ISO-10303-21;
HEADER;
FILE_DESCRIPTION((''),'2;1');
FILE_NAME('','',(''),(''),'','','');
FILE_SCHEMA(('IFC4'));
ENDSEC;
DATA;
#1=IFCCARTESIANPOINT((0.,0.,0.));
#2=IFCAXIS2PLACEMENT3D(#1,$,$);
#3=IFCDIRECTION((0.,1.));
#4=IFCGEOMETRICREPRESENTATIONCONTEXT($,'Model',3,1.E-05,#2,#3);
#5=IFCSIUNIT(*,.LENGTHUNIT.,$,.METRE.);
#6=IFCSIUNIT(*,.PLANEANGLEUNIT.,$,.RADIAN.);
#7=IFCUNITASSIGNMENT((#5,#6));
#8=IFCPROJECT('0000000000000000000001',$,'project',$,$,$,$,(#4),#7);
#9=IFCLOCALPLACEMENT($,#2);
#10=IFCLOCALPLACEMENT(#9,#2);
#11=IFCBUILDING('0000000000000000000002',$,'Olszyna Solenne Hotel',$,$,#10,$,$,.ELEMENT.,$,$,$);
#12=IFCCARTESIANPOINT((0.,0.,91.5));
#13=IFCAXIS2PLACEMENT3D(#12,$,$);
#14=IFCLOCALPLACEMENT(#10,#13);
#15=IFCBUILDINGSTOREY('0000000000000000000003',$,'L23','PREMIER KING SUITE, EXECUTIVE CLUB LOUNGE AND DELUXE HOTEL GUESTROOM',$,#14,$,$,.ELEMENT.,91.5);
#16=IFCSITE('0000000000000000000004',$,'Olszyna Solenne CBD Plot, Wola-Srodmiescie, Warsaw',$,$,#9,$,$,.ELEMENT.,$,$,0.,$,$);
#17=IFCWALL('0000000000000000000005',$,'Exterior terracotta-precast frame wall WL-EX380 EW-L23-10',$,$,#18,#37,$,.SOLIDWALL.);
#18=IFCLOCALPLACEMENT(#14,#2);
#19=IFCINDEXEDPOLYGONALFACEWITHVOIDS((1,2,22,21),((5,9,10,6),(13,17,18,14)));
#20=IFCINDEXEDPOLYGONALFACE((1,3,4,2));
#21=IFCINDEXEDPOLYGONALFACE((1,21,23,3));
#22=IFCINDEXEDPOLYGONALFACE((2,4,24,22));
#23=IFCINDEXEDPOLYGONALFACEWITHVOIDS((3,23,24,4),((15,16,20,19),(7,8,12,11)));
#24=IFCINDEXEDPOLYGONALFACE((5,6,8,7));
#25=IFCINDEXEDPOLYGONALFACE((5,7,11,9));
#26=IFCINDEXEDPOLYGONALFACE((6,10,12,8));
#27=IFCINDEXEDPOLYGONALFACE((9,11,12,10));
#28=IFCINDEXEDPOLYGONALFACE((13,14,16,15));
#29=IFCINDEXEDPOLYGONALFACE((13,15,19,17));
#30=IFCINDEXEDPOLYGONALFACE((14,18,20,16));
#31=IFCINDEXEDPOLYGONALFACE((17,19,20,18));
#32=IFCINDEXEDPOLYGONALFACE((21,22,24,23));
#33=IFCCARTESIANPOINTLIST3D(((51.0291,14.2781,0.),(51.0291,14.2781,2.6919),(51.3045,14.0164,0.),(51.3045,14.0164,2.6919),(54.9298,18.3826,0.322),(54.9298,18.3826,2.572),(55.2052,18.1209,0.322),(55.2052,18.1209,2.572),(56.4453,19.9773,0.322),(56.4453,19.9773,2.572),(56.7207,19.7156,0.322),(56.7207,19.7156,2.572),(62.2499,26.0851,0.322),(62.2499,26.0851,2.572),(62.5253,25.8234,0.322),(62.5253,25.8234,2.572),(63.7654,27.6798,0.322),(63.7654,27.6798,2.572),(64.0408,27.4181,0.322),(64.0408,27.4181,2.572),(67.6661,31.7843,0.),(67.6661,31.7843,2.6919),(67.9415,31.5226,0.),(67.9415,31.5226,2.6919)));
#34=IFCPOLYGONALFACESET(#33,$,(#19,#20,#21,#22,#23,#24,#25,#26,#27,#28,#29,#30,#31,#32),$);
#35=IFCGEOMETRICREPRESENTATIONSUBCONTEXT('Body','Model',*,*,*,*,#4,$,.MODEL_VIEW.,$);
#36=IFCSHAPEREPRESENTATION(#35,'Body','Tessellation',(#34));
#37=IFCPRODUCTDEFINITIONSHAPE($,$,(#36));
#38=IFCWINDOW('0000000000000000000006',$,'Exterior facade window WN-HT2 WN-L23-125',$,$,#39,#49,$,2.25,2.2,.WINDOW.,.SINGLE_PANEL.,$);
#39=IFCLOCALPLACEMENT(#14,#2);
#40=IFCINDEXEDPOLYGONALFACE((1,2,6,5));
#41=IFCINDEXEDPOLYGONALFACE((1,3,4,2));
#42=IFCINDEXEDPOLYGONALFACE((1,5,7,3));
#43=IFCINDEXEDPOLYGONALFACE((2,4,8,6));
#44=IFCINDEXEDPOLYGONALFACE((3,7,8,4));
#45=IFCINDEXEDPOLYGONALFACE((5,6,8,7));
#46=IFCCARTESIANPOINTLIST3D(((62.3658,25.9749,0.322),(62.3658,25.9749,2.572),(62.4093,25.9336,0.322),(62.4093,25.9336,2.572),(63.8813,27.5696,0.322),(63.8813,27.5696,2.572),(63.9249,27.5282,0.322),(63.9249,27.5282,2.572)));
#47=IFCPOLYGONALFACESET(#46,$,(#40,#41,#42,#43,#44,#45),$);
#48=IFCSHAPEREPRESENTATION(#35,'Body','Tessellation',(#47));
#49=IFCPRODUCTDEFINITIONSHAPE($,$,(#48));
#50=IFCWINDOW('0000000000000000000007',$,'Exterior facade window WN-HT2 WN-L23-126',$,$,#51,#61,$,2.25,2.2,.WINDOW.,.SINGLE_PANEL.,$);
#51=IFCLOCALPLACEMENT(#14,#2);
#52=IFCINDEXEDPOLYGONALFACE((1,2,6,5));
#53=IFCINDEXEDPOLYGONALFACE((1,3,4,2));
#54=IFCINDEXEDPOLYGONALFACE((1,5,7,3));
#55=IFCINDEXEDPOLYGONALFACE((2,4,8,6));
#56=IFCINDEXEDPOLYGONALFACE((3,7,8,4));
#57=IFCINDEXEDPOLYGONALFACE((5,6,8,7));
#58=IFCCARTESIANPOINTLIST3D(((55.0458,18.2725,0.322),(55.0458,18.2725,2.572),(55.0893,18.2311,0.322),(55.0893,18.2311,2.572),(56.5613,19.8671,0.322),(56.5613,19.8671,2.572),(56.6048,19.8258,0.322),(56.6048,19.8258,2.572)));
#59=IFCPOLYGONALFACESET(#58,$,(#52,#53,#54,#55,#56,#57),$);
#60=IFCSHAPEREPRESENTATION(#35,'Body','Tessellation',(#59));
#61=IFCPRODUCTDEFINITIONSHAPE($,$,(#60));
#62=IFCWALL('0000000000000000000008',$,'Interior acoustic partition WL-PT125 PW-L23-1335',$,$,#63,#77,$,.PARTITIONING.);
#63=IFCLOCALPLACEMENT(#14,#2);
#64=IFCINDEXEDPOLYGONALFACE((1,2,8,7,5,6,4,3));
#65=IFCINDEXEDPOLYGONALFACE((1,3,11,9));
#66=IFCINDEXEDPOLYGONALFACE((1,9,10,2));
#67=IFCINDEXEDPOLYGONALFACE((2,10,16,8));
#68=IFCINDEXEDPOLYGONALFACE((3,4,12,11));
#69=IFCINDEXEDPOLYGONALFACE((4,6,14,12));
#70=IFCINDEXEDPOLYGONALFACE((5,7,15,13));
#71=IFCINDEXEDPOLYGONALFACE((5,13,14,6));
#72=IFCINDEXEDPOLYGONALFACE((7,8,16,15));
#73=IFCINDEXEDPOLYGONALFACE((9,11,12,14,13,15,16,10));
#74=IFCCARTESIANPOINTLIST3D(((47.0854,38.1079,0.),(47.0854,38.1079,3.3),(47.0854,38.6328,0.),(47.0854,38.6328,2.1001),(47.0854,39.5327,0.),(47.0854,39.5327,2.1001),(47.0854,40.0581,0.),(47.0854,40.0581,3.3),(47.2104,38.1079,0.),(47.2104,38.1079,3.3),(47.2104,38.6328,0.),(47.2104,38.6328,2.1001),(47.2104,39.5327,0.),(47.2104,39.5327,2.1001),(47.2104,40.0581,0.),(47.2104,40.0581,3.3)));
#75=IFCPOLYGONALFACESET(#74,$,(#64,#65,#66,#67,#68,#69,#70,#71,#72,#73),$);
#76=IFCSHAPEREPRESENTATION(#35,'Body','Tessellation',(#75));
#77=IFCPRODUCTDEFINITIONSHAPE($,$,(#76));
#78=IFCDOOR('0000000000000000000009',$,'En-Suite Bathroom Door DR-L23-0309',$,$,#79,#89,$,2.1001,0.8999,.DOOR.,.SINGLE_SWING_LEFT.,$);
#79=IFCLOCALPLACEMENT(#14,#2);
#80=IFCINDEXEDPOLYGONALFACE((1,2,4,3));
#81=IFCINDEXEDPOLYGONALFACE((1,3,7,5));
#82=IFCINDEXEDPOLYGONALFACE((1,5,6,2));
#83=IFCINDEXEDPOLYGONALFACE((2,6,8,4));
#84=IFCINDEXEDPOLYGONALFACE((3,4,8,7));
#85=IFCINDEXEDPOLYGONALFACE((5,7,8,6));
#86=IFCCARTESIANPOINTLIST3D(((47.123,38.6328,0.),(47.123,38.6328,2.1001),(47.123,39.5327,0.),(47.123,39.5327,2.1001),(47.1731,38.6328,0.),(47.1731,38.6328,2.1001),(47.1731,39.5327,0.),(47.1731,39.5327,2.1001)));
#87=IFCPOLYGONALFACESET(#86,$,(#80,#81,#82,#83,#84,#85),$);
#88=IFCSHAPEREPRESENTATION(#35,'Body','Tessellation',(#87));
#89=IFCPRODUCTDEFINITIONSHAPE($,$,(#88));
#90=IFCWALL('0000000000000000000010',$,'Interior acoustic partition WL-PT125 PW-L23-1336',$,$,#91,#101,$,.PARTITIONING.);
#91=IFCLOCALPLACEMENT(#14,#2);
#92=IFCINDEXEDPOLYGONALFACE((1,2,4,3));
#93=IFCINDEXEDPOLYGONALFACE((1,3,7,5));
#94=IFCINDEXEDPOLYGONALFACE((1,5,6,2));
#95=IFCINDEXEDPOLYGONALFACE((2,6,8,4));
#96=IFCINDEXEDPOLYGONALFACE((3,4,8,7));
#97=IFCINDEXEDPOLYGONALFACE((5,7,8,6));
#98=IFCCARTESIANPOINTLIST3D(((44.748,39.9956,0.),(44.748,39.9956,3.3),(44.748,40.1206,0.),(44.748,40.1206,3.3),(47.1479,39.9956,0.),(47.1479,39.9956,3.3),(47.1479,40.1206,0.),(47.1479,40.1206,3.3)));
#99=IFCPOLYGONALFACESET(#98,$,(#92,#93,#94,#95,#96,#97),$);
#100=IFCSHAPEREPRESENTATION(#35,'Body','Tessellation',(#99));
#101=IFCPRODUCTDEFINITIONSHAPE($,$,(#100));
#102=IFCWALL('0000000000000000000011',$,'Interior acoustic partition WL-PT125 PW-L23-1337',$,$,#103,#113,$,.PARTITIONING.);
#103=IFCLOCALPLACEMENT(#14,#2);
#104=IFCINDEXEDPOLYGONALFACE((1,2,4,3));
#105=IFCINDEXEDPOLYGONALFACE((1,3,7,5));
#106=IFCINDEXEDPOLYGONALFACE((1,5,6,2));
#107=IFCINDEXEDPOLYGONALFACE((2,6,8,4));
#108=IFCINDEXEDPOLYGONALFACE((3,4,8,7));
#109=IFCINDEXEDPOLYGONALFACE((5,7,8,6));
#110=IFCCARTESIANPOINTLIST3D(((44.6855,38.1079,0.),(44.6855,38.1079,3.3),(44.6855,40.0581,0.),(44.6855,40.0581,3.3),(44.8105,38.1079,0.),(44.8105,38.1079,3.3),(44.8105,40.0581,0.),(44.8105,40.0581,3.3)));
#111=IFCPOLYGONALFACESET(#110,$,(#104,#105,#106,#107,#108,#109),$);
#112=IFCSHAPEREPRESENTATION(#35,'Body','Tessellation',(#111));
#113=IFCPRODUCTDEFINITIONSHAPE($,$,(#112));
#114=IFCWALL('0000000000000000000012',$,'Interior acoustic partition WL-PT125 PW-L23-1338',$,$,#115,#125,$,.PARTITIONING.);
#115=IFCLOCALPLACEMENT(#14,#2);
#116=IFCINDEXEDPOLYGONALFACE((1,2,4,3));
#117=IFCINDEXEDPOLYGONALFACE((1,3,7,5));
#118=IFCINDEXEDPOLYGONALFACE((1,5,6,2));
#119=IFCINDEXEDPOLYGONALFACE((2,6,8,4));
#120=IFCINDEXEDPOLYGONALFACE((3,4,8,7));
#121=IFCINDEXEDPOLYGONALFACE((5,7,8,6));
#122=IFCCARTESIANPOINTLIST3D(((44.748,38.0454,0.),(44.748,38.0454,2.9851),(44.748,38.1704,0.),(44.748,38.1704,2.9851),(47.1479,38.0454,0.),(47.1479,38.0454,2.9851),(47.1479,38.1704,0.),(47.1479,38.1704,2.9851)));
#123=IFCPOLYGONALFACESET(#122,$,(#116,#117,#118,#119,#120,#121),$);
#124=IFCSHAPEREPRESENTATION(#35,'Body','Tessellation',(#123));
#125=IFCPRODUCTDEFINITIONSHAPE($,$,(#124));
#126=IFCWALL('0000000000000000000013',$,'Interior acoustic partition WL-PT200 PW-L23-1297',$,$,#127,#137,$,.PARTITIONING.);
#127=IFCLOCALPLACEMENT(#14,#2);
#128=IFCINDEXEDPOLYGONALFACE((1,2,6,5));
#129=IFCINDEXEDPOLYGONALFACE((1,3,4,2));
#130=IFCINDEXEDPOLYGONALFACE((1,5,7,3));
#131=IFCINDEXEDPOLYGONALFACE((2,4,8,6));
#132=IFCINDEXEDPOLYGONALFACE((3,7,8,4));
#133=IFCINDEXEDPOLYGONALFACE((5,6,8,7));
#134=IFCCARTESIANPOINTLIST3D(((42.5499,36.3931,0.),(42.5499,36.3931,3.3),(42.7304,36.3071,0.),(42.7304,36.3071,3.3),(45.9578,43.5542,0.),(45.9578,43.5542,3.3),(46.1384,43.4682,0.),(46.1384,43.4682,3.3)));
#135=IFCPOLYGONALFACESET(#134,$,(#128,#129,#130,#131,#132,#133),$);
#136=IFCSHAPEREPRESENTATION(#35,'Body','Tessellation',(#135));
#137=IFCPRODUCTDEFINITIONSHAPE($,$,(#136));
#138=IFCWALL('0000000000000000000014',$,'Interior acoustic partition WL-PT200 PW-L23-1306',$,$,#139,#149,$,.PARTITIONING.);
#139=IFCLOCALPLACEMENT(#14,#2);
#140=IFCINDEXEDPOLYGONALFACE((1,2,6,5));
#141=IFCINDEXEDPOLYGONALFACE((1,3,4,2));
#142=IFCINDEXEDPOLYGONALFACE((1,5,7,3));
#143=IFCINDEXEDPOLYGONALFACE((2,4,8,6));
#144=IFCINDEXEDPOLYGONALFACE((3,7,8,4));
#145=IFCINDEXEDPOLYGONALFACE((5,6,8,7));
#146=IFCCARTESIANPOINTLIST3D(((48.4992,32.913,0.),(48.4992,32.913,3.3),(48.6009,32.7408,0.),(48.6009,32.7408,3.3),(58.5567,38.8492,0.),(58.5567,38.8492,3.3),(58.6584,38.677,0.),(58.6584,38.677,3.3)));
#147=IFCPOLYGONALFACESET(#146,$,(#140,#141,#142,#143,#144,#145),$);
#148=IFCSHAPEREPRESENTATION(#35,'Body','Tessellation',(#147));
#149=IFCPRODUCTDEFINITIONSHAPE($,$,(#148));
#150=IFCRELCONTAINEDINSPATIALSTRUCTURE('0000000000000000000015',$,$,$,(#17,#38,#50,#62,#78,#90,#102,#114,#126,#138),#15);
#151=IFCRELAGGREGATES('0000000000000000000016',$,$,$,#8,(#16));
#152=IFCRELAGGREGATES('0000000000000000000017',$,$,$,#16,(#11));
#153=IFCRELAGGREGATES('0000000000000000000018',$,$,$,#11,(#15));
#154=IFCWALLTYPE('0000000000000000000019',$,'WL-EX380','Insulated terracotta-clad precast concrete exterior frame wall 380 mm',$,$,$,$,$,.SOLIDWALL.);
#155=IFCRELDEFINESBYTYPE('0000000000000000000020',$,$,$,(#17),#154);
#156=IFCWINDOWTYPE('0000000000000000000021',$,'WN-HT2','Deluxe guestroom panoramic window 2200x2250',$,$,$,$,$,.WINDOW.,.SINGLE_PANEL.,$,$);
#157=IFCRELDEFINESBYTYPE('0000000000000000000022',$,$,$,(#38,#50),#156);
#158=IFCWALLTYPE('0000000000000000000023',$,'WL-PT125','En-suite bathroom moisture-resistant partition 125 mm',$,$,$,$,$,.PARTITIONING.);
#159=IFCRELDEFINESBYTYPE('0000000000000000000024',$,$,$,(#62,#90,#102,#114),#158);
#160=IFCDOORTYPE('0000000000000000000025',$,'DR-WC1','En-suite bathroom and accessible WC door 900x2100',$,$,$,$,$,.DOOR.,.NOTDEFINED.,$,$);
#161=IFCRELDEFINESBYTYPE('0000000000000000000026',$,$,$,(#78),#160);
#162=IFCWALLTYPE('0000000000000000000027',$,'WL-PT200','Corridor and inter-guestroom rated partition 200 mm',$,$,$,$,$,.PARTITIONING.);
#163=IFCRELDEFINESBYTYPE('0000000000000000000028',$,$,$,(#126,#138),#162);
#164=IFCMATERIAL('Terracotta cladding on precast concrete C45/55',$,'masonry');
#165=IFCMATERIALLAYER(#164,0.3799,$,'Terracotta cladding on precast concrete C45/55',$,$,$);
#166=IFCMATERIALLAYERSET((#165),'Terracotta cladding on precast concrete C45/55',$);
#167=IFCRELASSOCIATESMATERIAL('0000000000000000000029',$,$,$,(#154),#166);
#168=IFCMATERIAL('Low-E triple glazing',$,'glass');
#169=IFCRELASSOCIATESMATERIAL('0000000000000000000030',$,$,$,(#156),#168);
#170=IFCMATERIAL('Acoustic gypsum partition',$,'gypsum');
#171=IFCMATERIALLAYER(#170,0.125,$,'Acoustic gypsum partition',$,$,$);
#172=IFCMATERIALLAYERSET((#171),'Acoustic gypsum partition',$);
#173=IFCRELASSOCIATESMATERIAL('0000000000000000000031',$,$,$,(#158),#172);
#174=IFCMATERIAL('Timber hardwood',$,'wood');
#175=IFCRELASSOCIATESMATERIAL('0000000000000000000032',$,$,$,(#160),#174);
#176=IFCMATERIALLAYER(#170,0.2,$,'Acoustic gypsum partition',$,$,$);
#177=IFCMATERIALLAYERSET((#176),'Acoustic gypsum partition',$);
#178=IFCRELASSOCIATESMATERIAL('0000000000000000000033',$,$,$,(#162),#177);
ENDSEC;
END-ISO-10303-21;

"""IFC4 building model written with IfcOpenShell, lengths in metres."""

from ifc_helpers import new_model, si_unit, direction, frame, frame_2d, origin, place, context, subcontext, project, spatial, rectangle, extrude, source, transform, mapped, material, layer, layer_set, type_object, type_shapes, element, fill, save


model = new_model("IFC4")

# Units and contexts
model_context = context("Model", 3, precision=1e-05, world=origin(), true_north=direction((0.0, 1.0)))
body_context = subcontext(model_context, "Body", "Model", "MODEL_VIEW")
ifc_project = project(units=[si_unit("LENGTHUNIT", "METRE"), si_unit("PLANEANGLEUNIT", "RADIAN")], contexts=[model_context])

# Site, building, storey
site_placement = place(None, origin())
site = spatial("IfcSite", under=ifc_project, at=site_placement, Name="Olszyna Solenne CBD Plot, Wola-Srodmiescie, Warsaw", CompositionType="ELEMENT", RefElevation=0.0)
building_placement = place(site_placement, origin())
building = spatial("IfcBuilding", under=site, at=building_placement, Name="Olszyna Solenne Hotel", CompositionType="ELEMENT")
storey_placement = place(building_placement, frame((0.0, 0.0, 91.5)))
storey = spatial("IfcBuildingStorey", under=building, at=storey_placement, Name="L23", Description="PREMIER KING SUITE, EXECUTIVE CLUB LOUNGE AND DELUXE HOTEL GUESTROOM", CompositionType="ELEMENT", Elevation=91.5)

# Shared definitions
ifc_material_1 = material(Name="Low-E triple glazing", Category="glass")

# Shared definitions
ifc_material_2 = material(Name="Timber hardwood", Category="wood")

# Shared definitions
ifc_material_3 = material(Name="Terracotta cladding on precast concrete C45/55", Category="masonry")
ifc_layer_1 = layer(ifc_material_3, 0.3799, Name="Terracotta cladding on precast concrete C45/55")
ifc_layer_set_1 = layer_set([ifc_layer_1], Name="Terracotta cladding on precast concrete C45/55")
wall_type_1 = type_object("IfcWallType", Name="WL-EX380", Description="Insulated terracotta-clad precast concrete exterior frame wall 380 mm", PredefinedType="SOLIDWALL", material=ifc_layer_set_1)

# Wall, openings, windows
wall_1_placement = place(storey_placement, frame((67.8037, 31.6533, 0.0), z_axis=(0.0, 0.0, 1.0), x_axis=(-0.688884, -0.724872, 0.0)))
wall_1 = element("IfcWall", 1, at=wall_1_placement, inside=storey, type_object=wall_type_1, Name="Exterior terracotta-precast frame wall WL-EX380 EW-L23-10", PredefinedType="SOLIDWALL", context=body_context, shape_type="SweptSolid", body=[
    extrude(rectangle(XDim=24.1506, YDim=0.3799, at=frame_2d((12.0752, 0.0))), origin(), (0.0, 0.0, 1.0), 2.6919),
])
opening_1_placement = place(wall_1_placement, frame((5.6621, 0.0, 0.322)))
opening_1 = element("IfcOpeningElement", 2, at=opening_1_placement, cuts=wall_1, PredefinedType="OPENING", context=body_context, shape_type="SweptSolid", body=[
    extrude(rectangle(XDim=2.2, YDim=2.25, at=frame_2d((1.1001, 1.125))), frame((0.0, 0.2, 0.0), z_axis=(0.0, -1.0, 0.0), x_axis=(1.0, 0.0, 0.0)), (0.0, 0.0, 1.0), 0.3999),
])
opening_2_placement = place(wall_1_placement, frame((16.2881, 0.0, 0.322)))
opening_2 = element("IfcOpeningElement", 3, at=opening_2_placement, cuts=wall_1, PredefinedType="OPENING", context=body_context, shape_type="SweptSolid", body=[
    extrude(rectangle(XDim=2.2, YDim=2.25, at=frame_2d((1.1001, 1.125))), frame((0.0, 0.2, 0.0), z_axis=(0.0, -1.0, 0.0), x_axis=(1.0, 0.0, 0.0)), (0.0, 0.0, 1.0), 0.3999),
])
window_type_1 = type_object("IfcWindowType", Name="WN-HT2", Description="Deluxe guestroom panoramic window 2200x2250", PartitioningType="SINGLE_PANEL", PredefinedType="WINDOW", material=ifc_material_1)
shared_shape_1 = source(origin(), body_context, "Body", "SweptSolid", [
    extrude(rectangle(XDim=2.2, YDim=2.25, at=frame_2d((1.1001, 1.125))), frame((0.0, 0.03, 0.0), z_axis=(0.0, -1.0, 0.0), x_axis=(1.0, 0.0, 0.0)), (0.0, 0.0, 1.0), 0.0601),
])
type_shapes(window_type_1, [shared_shape_1])
window_1_placement = place(opening_1_placement, origin())
window_1 = element("IfcWindow", 4, at=window_1_placement, inside=storey, type_object=window_type_1, Name="Exterior facade window WN-HT2 WN-L23-125", OverallHeight=2.25, OverallWidth=2.2, PartitioningType="SINGLE_PANEL", PredefinedType="WINDOW", context=body_context, shape_type="MappedRepresentation", body=[
    mapped(shared_shape_1, transform((0.0, 0.0, 0.0), x_axis=(1.0, 0.0, 0.0), y_axis=(0.0, 1.0, 0.0), z_axis=(0.0, 0.0, 1.0), scale=1.0)),
])
fill(opening_1, window_1)
window_2_placement = place(opening_2_placement, origin())
window_2 = element("IfcWindow", 5, at=window_2_placement, inside=storey, type_object=window_type_1, Name="Exterior facade window WN-HT2 WN-L23-126", OverallHeight=2.25, OverallWidth=2.2, PartitioningType="SINGLE_PANEL", PredefinedType="WINDOW", context=body_context, shape_type="MappedRepresentation", body=[
    mapped(shared_shape_1, transform((0.0, 0.0, 0.0), x_axis=(1.0, 0.0, 0.0), y_axis=(0.0, 1.0, 0.0), z_axis=(0.0, 0.0, 1.0), scale=1.0)),
])
fill(opening_2, window_2)

# Wall, opening, door
ifc_material_4 = material(Name="Acoustic gypsum partition", Category="gypsum")
ifc_layer_2 = layer(ifc_material_4, 0.125, Name="Acoustic gypsum partition")
ifc_layer_set_2 = layer_set([ifc_layer_2], Name="Acoustic gypsum partition")
wall_type_2 = type_object("IfcWallType", Name="WL-PT125", Description="En-suite bathroom moisture-resistant partition 125 mm", PredefinedType="PARTITIONING", material=ifc_layer_set_2)
wall_2_placement = place(storey_placement, frame((47.1479, 38.1079, 0.0), z_axis=(0.0, 0.0, 1.0), x_axis=(0.0, 1.0, 0.0)))
wall_2 = element("IfcWall", 6, at=wall_2_placement, inside=storey, type_object=wall_type_2, Name="Interior acoustic partition WL-PT125 PW-L23-1335", PredefinedType="PARTITIONING", context=body_context, shape_type="SweptSolid", body=[
    extrude(rectangle(XDim=1.9502, YDim=0.125, at=frame_2d((0.9751, 0.0))), origin(), (0.0, 0.0, 1.0), 3.3),
])
opening_3_placement = place(wall_2_placement, frame((0.5249, 0.0, 0.0)))
opening_3 = element("IfcOpeningElement", 7, at=opening_3_placement, cuts=wall_2, PredefinedType="OPENING", context=body_context, shape_type="SweptSolid", body=[
    extrude(rectangle(XDim=0.8999, YDim=2.1001, at=frame_2d((0.45, 1.05))), frame((0.0, 0.0725, 0.0), z_axis=(0.0, -1.0, 0.0), x_axis=(1.0, 0.0, 0.0)), (0.0, 0.0, 1.0), 0.145),
])
door_type_1 = type_object("IfcDoorType", Name="DR-WC1", Description="En-suite bathroom and accessible WC door 900x2100", OperationType="NOTDEFINED", PredefinedType="DOOR", material=ifc_material_2)
shared_shape_2 = source(origin(), body_context, "Body", "SweptSolid", [
    extrude(rectangle(XDim=0.8999, YDim=2.1001, at=frame_2d((0.45, 1.05))), frame((0.0, 0.0249, 0.0), z_axis=(0.0, -1.0, 0.0), x_axis=(1.0, 0.0, 0.0)), (0.0, 0.0, 1.0), 0.05),
])
type_shapes(door_type_1, [shared_shape_2])
door_1_placement = place(opening_3_placement, origin())
door_1 = element("IfcDoor", 8, at=door_1_placement, inside=storey, type_object=door_type_1, Name="En-Suite Bathroom Door DR-L23-0309", OperationType="SINGLE_SWING_LEFT", OverallHeight=2.1001, OverallWidth=0.8999, PredefinedType="DOOR", context=body_context, shape_type="MappedRepresentation", body=[
    mapped(shared_shape_2, transform((0.0, 0.0, 0.0), x_axis=(1.0, 0.0, 0.0), y_axis=(0.0, 1.0, 0.0), z_axis=(0.0, 0.0, 1.0), scale=1.0)),
])
fill(opening_3, door_1)

# Walls
wall_3_placement = place(storey_placement, frame((47.1479, 40.0581, 0.0), z_axis=(0.0, 0.0, 1.0), x_axis=(-1.0, 0.0, 0.0)))
element("IfcWall", 9, at=wall_3_placement, inside=storey, type_object=wall_type_2, Name="Interior acoustic partition WL-PT125 PW-L23-1336", PredefinedType="PARTITIONING", context=body_context, shape_type="SweptSolid", body=[
    extrude(rectangle(XDim=2.3999, YDim=0.125, at=frame_2d((1.2, 0.0))), origin(), (0.0, 0.0, 1.0), 3.3),
])
wall_4_placement = place(storey_placement, frame((44.748, 40.0581, 0.0), z_axis=(0.0, 0.0, 1.0), x_axis=(0.0, -1.0, 0.0)))
element("IfcWall", 10, at=wall_4_placement, inside=storey, type_object=wall_type_2, Name="Interior acoustic partition WL-PT125 PW-L23-1337", PredefinedType="PARTITIONING", context=body_context, shape_type="SweptSolid", body=[
    extrude(rectangle(XDim=1.9502, YDim=0.125, at=frame_2d((0.9751, 0.0))), origin(), (0.0, 0.0, 1.0), 3.3),
])
wall_5_placement = place(storey_placement, frame((44.748, 38.1079, 0.0), z_axis=(0.0, 0.0, 1.0), x_axis=(1.0, 0.0, 0.0)))
element("IfcWall", 11, at=wall_5_placement, inside=storey, type_object=wall_type_2, Name="Interior acoustic partition WL-PT125 PW-L23-1338", PredefinedType="PARTITIONING", context=body_context, shape_type="SweptSolid", body=[
    extrude(rectangle(XDim=2.3999, YDim=0.125, at=frame_2d((1.2, 0.0))), origin(), (0.0, 0.0, 1.0), 2.9851),
])
ifc_layer_3 = layer(ifc_material_4, 0.2, Name="Acoustic gypsum partition")
ifc_layer_set_3 = layer_set([ifc_layer_3], Name="Acoustic gypsum partition")
wall_type_3 = type_object("IfcWallType", Name="WL-PT200", Description="Corridor and inter-guestroom rated partition 200 mm", PredefinedType="PARTITIONING", material=ifc_layer_set_3)
wall_6_placement = place(storey_placement, frame((42.6401, 36.3501, 0.0), z_axis=(0.0, 0.0, 1.0), x_axis=(0.429717, 0.902963, 0.0)))
element("IfcWall", 12, at=wall_6_placement, inside=storey, type_object=wall_type_3, Name="Interior acoustic partition WL-PT200 PW-L23-1297", PredefinedType="PARTITIONING", context=body_context, shape_type="SweptSolid", body=[
    extrude(rectangle(XDim=7.9307, YDim=0.2, at=frame_2d((3.9653, 0.0))), origin(), (0.0, 0.0, 1.0), 3.3),
])
wall_7_placement = place(storey_placement, frame((48.55, 32.8269, 0.0), z_axis=(0.0, 0.0, 1.0), x_axis=(0.861184, 0.508294, 0.0)))
element("IfcWall", 13, at=wall_7_placement, inside=storey, type_object=wall_type_3, Name="Interior acoustic partition WL-PT200 PW-L23-1306", PredefinedType="PARTITIONING", context=body_context, shape_type="SweptSolid", body=[
    extrude(rectangle(XDim=11.6787, YDim=0.2, at=frame_2d((5.8394, 0.0))), origin(), (0.0, 0.0, 1.0), 3.3),
])

save(model, "model.ifc")
